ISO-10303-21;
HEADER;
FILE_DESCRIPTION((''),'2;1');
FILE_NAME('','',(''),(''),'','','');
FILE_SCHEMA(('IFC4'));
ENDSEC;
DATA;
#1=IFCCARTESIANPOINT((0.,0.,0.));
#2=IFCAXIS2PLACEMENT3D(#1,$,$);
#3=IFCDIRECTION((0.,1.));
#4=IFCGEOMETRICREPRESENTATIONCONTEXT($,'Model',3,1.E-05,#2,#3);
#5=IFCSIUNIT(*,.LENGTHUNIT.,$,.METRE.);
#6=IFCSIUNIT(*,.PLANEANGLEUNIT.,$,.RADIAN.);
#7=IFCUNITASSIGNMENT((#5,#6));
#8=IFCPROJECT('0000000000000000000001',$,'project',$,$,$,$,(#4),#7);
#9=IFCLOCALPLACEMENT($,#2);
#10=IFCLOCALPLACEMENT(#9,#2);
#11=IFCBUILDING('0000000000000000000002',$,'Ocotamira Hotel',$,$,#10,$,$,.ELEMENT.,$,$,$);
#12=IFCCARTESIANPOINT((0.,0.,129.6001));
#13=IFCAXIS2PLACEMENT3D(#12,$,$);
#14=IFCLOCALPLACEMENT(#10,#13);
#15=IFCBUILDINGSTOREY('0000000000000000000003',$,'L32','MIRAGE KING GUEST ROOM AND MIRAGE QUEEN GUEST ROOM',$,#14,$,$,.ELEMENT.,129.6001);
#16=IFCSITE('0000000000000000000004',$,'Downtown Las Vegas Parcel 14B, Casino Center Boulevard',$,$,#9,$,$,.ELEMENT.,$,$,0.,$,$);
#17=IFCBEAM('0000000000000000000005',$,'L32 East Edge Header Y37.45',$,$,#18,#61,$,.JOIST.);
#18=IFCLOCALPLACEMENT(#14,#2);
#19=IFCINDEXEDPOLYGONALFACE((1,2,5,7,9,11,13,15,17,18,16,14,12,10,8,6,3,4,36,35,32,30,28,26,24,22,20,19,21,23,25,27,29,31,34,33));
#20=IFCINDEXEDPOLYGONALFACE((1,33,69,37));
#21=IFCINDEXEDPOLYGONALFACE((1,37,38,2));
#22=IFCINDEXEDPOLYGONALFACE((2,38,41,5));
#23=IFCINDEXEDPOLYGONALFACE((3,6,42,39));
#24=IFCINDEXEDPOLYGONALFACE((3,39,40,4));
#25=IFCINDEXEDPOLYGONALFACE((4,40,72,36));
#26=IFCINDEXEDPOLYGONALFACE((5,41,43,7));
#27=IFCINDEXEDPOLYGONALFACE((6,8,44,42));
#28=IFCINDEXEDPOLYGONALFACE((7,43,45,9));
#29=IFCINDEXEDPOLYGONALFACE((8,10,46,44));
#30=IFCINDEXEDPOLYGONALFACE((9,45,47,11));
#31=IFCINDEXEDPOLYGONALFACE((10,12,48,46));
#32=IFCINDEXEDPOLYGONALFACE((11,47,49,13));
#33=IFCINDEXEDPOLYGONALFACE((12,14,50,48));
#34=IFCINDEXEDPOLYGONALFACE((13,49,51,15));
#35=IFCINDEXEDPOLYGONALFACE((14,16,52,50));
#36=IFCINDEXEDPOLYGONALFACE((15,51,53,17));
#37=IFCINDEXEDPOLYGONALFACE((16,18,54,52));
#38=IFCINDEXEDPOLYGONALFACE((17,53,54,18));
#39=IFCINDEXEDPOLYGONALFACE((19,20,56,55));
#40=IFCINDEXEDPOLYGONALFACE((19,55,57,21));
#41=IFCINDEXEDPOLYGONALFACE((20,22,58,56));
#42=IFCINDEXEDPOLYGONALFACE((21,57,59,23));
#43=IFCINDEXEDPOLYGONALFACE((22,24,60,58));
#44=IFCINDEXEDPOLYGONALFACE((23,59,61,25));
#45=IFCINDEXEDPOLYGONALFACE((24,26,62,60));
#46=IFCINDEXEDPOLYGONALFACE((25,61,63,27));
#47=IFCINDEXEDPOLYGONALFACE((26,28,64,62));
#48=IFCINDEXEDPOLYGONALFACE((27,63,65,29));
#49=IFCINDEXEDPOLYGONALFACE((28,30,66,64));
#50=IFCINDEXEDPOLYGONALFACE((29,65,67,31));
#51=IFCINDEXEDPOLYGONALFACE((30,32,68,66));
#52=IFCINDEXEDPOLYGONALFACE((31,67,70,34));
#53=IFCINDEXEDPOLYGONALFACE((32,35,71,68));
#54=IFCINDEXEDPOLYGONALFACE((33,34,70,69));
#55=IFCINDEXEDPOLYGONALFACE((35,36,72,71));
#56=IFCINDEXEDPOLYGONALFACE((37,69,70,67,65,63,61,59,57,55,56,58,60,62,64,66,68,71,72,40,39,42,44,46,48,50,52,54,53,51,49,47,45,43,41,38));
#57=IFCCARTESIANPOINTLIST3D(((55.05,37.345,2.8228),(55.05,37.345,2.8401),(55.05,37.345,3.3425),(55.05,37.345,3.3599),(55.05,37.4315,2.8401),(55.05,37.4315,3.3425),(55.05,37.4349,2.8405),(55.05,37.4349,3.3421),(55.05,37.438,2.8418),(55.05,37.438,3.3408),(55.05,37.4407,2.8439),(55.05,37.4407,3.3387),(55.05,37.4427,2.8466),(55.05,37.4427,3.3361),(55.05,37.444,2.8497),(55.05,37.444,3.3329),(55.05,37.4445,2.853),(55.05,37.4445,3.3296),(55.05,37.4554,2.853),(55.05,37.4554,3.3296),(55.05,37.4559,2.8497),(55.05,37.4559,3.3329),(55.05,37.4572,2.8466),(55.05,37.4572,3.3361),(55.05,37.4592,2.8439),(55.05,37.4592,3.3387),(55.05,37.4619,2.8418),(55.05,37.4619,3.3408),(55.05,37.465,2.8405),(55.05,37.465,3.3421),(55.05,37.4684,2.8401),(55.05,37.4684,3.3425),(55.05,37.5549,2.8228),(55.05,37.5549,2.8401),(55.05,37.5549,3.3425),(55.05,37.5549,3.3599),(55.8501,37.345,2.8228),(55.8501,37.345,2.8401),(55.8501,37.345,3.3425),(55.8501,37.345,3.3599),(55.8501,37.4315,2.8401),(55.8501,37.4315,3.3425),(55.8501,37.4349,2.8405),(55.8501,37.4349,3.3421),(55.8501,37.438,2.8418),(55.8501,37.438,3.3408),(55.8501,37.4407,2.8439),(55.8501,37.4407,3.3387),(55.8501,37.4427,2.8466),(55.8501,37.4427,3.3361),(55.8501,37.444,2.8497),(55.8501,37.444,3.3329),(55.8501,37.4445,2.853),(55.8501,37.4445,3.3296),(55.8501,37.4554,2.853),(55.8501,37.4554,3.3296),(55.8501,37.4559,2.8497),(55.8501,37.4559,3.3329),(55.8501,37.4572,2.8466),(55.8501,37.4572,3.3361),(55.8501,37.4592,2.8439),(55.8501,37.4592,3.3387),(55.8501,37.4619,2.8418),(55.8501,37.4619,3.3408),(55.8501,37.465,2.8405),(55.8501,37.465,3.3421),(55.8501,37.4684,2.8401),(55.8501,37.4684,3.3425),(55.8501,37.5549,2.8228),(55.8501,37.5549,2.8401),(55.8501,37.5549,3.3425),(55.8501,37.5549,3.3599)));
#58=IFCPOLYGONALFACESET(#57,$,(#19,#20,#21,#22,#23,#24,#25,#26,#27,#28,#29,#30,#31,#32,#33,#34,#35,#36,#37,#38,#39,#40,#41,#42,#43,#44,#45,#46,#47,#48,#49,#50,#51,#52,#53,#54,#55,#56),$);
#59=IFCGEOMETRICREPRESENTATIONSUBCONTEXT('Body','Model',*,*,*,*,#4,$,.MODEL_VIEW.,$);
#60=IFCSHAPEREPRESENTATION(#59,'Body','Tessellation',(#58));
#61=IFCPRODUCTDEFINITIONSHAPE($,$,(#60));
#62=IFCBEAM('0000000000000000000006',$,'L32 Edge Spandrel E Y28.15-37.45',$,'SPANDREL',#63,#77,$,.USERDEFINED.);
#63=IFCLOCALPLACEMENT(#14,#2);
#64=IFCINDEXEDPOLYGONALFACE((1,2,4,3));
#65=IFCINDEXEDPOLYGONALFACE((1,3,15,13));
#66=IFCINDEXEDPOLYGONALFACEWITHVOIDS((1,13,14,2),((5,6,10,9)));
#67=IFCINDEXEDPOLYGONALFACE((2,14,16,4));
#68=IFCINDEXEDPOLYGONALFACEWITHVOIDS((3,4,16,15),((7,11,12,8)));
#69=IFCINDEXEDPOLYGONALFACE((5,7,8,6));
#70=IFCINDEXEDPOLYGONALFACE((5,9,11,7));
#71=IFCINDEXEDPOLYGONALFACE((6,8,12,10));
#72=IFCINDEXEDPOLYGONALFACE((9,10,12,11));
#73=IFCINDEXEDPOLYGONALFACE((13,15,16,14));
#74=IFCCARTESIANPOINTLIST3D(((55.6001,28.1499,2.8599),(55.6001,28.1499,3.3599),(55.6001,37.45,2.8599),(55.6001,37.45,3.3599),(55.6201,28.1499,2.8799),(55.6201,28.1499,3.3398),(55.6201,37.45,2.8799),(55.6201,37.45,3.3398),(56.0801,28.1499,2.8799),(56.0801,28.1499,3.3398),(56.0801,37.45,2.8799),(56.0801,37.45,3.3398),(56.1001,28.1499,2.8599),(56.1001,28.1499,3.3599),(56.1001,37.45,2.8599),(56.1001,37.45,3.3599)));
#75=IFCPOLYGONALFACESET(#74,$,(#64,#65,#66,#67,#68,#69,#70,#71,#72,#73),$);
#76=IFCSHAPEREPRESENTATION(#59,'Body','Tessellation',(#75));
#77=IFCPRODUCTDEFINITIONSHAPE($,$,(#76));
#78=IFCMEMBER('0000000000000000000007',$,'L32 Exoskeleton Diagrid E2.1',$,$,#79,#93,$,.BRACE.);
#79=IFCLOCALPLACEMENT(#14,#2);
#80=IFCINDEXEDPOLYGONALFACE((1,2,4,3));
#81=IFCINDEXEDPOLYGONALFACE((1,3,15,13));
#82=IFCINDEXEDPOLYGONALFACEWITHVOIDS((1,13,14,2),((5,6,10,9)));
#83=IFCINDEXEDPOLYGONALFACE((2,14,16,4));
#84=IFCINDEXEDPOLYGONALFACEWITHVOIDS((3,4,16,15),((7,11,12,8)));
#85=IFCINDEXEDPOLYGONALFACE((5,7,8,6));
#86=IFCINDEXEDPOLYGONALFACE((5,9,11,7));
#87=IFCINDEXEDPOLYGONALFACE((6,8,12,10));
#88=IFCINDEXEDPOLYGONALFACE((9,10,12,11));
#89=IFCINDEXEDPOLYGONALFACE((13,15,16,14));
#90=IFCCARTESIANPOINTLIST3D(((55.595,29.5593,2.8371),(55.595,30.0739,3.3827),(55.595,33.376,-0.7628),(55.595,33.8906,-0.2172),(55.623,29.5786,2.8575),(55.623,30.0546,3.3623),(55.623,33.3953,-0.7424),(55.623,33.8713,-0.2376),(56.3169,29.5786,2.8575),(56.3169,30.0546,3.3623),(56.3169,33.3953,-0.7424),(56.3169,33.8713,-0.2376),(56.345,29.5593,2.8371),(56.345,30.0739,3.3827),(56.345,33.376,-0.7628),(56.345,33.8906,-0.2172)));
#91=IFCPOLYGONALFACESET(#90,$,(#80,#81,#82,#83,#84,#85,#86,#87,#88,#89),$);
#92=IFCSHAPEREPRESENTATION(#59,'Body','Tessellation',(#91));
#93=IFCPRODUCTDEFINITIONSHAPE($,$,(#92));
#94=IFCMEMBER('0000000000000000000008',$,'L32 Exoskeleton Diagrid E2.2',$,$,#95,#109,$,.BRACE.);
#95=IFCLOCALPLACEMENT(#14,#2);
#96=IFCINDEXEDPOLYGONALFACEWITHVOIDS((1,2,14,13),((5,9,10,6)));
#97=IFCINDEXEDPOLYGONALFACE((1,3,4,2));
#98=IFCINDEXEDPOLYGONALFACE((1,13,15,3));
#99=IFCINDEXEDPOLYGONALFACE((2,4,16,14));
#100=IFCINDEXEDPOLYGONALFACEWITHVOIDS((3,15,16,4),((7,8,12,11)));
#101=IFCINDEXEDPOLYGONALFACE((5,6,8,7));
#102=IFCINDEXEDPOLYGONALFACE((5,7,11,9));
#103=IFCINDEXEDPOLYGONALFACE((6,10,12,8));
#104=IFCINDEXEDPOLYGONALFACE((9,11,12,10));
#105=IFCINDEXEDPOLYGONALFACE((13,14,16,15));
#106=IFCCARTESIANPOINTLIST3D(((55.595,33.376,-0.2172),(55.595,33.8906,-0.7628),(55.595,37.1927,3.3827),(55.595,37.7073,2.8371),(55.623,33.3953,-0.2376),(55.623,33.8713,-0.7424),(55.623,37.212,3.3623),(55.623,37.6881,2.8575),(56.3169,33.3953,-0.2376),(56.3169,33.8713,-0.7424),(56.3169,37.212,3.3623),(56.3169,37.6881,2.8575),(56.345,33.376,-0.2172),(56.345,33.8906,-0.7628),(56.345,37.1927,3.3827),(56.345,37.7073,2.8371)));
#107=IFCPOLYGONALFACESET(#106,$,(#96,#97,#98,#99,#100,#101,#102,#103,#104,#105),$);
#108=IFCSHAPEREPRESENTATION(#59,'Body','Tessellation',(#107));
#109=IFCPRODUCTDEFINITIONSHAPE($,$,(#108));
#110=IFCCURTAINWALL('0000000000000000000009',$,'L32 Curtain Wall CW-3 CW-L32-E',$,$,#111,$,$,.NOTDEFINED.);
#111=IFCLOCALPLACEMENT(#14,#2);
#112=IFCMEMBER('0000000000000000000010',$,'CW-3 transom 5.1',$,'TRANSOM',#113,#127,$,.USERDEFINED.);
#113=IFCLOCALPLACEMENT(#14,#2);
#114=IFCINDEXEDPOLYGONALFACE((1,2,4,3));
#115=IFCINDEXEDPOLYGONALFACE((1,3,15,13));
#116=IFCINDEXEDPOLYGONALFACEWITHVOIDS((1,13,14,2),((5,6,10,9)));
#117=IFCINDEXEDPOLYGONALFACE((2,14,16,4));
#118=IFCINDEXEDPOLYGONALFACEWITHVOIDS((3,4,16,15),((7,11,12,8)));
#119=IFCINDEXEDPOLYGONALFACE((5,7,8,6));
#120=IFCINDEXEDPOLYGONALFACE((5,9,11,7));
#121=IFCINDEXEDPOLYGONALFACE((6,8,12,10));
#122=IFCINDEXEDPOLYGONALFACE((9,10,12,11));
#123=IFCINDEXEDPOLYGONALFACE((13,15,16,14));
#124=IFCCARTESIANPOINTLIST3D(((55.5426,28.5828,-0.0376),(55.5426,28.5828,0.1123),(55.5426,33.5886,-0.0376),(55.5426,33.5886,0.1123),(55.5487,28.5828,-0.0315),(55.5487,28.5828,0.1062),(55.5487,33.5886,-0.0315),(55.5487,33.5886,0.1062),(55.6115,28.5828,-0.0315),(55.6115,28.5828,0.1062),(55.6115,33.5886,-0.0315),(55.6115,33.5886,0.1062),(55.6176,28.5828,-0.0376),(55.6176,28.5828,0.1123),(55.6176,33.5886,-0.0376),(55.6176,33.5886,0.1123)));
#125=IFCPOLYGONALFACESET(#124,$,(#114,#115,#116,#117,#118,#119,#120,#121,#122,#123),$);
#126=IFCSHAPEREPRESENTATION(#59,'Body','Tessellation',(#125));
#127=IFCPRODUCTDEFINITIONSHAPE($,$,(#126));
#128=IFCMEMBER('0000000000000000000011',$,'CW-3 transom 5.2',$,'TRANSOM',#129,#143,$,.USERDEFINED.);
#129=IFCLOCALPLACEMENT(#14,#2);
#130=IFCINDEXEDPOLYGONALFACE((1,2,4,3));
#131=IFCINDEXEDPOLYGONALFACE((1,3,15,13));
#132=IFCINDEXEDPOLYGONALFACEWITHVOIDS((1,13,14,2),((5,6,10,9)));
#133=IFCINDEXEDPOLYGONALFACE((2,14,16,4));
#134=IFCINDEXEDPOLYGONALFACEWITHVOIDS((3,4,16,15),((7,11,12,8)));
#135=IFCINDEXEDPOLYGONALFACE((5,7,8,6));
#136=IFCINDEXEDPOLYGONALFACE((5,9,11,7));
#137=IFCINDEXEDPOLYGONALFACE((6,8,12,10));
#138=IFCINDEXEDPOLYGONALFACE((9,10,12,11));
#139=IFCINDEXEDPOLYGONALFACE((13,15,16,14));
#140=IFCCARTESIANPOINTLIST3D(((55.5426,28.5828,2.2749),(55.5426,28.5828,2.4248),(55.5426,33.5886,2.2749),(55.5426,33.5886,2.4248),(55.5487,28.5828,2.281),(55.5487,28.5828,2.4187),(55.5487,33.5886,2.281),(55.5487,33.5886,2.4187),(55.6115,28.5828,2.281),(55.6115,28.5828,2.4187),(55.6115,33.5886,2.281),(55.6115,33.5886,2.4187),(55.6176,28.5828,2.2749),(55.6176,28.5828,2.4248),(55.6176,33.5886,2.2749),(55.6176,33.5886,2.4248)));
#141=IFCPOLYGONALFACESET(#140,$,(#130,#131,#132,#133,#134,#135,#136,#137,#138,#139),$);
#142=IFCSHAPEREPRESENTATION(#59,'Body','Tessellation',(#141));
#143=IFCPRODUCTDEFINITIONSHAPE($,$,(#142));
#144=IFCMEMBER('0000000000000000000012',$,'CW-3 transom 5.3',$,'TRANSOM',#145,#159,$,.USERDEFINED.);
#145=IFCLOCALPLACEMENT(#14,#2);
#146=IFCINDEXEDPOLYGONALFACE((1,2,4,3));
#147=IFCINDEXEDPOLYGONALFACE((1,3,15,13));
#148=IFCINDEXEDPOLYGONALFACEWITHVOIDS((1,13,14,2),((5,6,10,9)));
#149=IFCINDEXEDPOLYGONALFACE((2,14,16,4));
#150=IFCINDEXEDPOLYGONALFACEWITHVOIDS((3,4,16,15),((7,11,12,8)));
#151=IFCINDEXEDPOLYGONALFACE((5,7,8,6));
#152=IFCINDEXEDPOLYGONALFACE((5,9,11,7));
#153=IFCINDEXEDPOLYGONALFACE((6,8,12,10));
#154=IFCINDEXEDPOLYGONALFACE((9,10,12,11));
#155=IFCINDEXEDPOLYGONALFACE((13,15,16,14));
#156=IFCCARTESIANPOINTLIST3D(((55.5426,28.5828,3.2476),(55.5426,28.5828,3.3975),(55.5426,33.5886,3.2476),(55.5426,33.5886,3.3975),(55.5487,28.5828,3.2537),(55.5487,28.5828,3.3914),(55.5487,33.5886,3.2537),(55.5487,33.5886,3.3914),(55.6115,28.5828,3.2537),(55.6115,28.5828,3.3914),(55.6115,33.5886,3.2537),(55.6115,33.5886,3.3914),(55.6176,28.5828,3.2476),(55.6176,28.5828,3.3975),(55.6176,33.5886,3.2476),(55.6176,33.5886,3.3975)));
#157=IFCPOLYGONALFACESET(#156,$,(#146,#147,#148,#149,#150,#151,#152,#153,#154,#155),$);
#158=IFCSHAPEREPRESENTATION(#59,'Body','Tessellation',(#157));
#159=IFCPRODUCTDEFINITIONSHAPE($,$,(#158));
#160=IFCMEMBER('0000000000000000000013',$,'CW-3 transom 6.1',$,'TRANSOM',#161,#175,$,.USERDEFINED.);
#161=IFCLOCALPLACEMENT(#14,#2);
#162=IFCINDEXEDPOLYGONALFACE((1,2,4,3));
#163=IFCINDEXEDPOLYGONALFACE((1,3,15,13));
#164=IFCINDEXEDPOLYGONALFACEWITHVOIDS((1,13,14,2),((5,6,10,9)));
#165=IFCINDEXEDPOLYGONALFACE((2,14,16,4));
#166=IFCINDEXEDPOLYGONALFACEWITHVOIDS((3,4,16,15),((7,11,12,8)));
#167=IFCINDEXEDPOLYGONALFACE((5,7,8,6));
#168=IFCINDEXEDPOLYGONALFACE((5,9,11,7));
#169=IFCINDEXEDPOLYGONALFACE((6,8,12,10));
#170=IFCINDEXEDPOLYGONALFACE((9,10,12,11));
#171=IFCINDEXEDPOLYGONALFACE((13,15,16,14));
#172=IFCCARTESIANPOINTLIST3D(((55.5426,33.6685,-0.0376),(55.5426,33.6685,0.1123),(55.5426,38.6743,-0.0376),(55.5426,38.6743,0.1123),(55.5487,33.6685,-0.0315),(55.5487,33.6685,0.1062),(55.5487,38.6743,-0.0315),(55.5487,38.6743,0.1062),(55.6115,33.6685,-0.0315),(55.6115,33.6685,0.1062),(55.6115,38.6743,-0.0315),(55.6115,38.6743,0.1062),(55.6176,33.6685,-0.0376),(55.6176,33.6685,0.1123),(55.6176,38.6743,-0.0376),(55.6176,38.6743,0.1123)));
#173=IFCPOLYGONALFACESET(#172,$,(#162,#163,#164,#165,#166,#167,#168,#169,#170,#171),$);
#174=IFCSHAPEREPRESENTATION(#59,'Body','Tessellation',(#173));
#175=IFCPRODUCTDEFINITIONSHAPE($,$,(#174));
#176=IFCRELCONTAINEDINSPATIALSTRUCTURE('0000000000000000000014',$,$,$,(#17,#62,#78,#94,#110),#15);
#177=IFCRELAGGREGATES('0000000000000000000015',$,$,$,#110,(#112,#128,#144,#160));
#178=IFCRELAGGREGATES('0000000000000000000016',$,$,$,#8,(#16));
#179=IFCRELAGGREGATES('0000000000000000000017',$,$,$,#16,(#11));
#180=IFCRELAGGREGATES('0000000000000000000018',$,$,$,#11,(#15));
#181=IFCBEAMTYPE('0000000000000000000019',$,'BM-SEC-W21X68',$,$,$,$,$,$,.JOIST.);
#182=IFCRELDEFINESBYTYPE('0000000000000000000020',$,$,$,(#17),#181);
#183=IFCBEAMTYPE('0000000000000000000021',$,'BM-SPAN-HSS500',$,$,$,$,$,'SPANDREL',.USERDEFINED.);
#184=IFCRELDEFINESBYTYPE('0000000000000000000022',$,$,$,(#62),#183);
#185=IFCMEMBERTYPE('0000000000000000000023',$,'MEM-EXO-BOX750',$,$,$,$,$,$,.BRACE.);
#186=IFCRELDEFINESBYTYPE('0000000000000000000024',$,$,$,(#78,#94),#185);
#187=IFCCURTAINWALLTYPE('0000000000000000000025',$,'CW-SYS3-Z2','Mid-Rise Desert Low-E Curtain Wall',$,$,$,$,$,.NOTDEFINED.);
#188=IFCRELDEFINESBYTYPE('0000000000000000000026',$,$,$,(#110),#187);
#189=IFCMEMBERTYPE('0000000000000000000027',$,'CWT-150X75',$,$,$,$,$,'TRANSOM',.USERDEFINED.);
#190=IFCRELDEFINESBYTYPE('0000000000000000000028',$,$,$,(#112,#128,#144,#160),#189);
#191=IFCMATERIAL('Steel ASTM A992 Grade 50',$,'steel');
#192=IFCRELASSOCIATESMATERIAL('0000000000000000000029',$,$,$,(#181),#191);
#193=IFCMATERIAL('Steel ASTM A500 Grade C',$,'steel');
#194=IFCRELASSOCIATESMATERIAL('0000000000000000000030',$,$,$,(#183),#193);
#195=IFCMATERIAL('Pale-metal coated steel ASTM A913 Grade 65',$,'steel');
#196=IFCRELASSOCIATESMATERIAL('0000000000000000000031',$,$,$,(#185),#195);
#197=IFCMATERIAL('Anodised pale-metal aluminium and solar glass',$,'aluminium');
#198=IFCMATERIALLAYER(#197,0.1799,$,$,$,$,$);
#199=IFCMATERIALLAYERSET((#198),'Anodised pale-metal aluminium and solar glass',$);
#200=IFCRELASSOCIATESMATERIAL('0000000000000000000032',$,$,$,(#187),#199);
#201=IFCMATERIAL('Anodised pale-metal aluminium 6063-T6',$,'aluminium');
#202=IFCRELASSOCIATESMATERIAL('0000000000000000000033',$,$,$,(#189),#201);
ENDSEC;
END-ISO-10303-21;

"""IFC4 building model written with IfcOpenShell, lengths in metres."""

from ifc_helpers import new_model, si_unit, direction, frame, origin, origin_2d, place, context, subcontext, project, spatial, hollow_rectangle, i_section, extrude, source, transform, mapped, material, layer, layer_set, material_profile, profile_set, type_object, element, aggregate, save


model = new_model("IFC4")

# Units and contexts
model_context = context("Model", 3, precision=1e-05, world=origin(), true_north=direction((0.0, 1.0)))
body_context = subcontext(model_context, "Body", "Model", "MODEL_VIEW")
ifc_project = project(units=[si_unit("LENGTHUNIT", "METRE"), si_unit("PLANEANGLEUNIT", "RADIAN")], contexts=[model_context])

# Site, building, storey
site_placement = place(None, origin())
site = spatial("IfcSite", under=ifc_project, at=site_placement, Name="Downtown Las Vegas Parcel 14B, Casino Center Boulevard", CompositionType="ELEMENT", RefElevation=0.0)
building_placement = place(site_placement, origin())
building = spatial("IfcBuilding", under=site, at=building_placement, Name="Ocotamira Hotel", CompositionType="ELEMENT")
storey_placement = place(building_placement, frame((0.0, 0.0, 129.6001)))
storey = spatial("IfcBuildingStorey", under=building, at=storey_placement, Name="L32", Description="MIRAGE KING GUEST ROOM AND MIRAGE QUEEN GUEST ROOM", CompositionType="ELEMENT", Elevation=129.6001)

# Beams
ifc_material_1 = material(Name="Steel ASTM A500 Grade C", Category="steel")
ifc_material_2 = material(Name="Steel ASTM A992 Grade 50", Category="steel")
ifc_material_profile_1 = material_profile(ifc_material_2, i_section(OverallWidth=0.21, OverallDepth=0.5371, WebThickness=0.011, FlangeThickness=0.0173, FilletRadius=0.0129, at=origin_2d()), Name="W21X68")
ifc_profile_set_1 = profile_set([ifc_material_profile_1], Name="Steel ASTM A992 Grade 50")
beam_type_1 = type_object("IfcBeamType", Name="BM-SEC-W21X68", PredefinedType="JOIST", material=ifc_profile_set_1)
shared_shape_1 = source(origin(), body_context, "Body", "SweptSolid", [
    extrude(i_section(OverallWidth=0.21, OverallDepth=0.5371, WebThickness=0.011, FlangeThickness=0.0173, FilletRadius=0.0129, at=origin_2d()), origin(), (0.0, 0.0, 1.0), 0.8),
])
for number, where, z_axis, x_axis, name in (
    (1, (55.05, 37.45, 3.0913), (1.0, 0.0, 0.0), (0.0, 1.0, 0.0), "L32 East Edge Header Y37.45"),
):
    element("IfcBeam", number, at=place(storey_placement, frame(where, z_axis=z_axis, x_axis=x_axis)), inside=storey, type_object=beam_type_1, Name=name, PredefinedType="JOIST", context=body_context, shape_type="MappedRepresentation", body=[
        mapped(shared_shape_1, transform((0.0, 0.0, 0.0), scale=1.0)),
    ])
ifc_material_profile_2 = material_profile(ifc_material_1, hollow_rectangle(XDim=0.5, YDim=0.5, WallThickness=0.02, at=origin_2d()), Name="HSS500X500X20")
ifc_profile_set_2 = profile_set([ifc_material_profile_2], Name="Steel ASTM A500 Grade C")
beam_type_2 = type_object("IfcBeamType", Name="BM-SPAN-HSS500", ElementType="SPANDREL", PredefinedType="USERDEFINED", material=ifc_profile_set_2)
shared_shape_2 = source(origin(), body_context, "Body", "SweptSolid", [
    extrude(hollow_rectangle(XDim=0.5, YDim=0.5, WallThickness=0.02, at=origin_2d()), origin(), (0.0, 0.0, 1.0), 9.3),
])
beam_1_placement = place(storey_placement, frame((55.8501, 28.1499, 3.1099), z_axis=(0.0, 1.0, 0.0), x_axis=(-1.0, 0.0, 0.0)))
element("IfcBeam", 2, at=beam_1_placement, inside=storey, type_object=beam_type_2, Name="L32 Edge Spandrel E Y28.15-37.45", ObjectType="SPANDREL", PredefinedType="USERDEFINED", context=body_context, shape_type="MappedRepresentation", body=[
    mapped(shared_shape_2, transform((0.0, 0.0, 0.0), scale=1.0)),
])

# Members
ifc_material_3 = material(Name="Pale-metal coated steel ASTM A913 Grade 65", Category="steel")
ifc_material_profile_3 = material_profile(ifc_material_3, hollow_rectangle(XDim=0.75, YDim=0.75, WallThickness=0.0281, at=origin_2d()), Name="BOX750X750X28")
ifc_profile_set_3 = profile_set([ifc_material_profile_3], Name="Pale-metal coated steel ASTM A913 Grade 65")
member_type_1 = type_object("IfcMemberType", Name="MEM-EXO-BOX750", PredefinedType="BRACE", material=ifc_profile_set_3)
shared_shape_3 = source(origin(), body_context, "Body", "SweptSolid", [
    extrude(hollow_rectangle(XDim=0.75, YDim=0.75, WallThickness=0.0281, at=origin_2d()), origin(), (0.0, 0.0, 1.0), 5.2466),
])
for number, where, z_axis, x_axis, name in (
    (3, (55.97, 33.6333, -0.49), (0.0, -0.727466, 0.686144), (1.0, 0.0, 0.0), "L32 Exoskeleton Diagrid E2.1"),
    (4, (55.97, 33.6333, -0.49), (0.0, 0.727466, 0.686144), (-1.0, 0.0, 0.0), "L32 Exoskeleton Diagrid E2.2"),
):
    element("IfcMember", number, at=place(storey_placement, frame(where, z_axis=z_axis, x_axis=x_axis)), inside=storey, type_object=member_type_1, Name=name, PredefinedType="BRACE", context=body_context, shape_type="MappedRepresentation", body=[
        mapped(shared_shape_3, transform((0.0, 0.0, 0.0), scale=1.0)),
    ])

# Curtain wall, members
ifc_material_4 = material(Name="Anodised pale-metal aluminium and solar glass", Category="aluminium")
ifc_layer_1 = layer(ifc_material_4, 0.1799)
ifc_layer_set_1 = layer_set([ifc_layer_1], Name="Anodised pale-metal aluminium and solar glass")
curtain_wall_type = type_object("IfcCurtainWallType", Name="CW-SYS3-Z2", Description="Mid-Rise Desert Low-E Curtain Wall", PredefinedType="NOTDEFINED", material=ifc_layer_set_1)
curtain_wall_placement = place(storey_placement, origin())
curtain_wall = element("IfcCurtainWall", 5, at=curtain_wall_placement, inside=storey, type_object=curtain_wall_type, Name="L32 Curtain Wall CW-3 CW-L32-E", PredefinedType="NOTDEFINED")
ifc_material_5 = material(Name="Anodised pale-metal aluminium 6063-T6", Category="aluminium")
ifc_material_profile_4 = material_profile(ifc_material_5, hollow_rectangle(XDim=0.075, YDim=0.1499, WallThickness=0.0061, at=origin_2d()), Name="HSS150X75X6")
ifc_profile_set_4 = profile_set([ifc_material_profile_4], Name="Anodised pale-metal aluminium 6063-T6")
member_type_2 = type_object("IfcMemberType", Name="CWT-150X75", ElementType="TRANSOM", PredefinedType="USERDEFINED", material=ifc_profile_set_4)
shared_shape_4 = source(origin(), body_context, "Body", "SweptSolid", [
    extrude(hollow_rectangle(XDim=0.075, YDim=0.1499, WallThickness=0.0061, at=origin_2d()), origin(), (0.0, 0.0, 1.0), 5.0059),
])
member_1_placement = place(storey_placement, frame((55.5801, 28.5828, 0.0374), z_axis=(0.0, 1.0, 0.0), x_axis=(-1.0, 0.0, 0.0)))
member_1 = element("IfcMember", 6, at=member_1_placement, type_object=member_type_2, Name="CW-3 transom 5.1", ObjectType="TRANSOM", PredefinedType="USERDEFINED", context=body_context, shape_type="MappedRepresentation", body=[
    mapped(shared_shape_4, transform((0.0, 0.0, 0.0), scale=1.0)),
])
member_2_placement = place(storey_placement, frame((55.5801, 28.5828, 2.3499), z_axis=(0.0, 1.0, 0.0), x_axis=(-1.0, 0.0, 0.0)))
member_2 = element("IfcMember", 7, at=member_2_placement, type_object=member_type_2, Name="CW-3 transom 5.2", ObjectType="TRANSOM", PredefinedType="USERDEFINED", context=body_context, shape_type="MappedRepresentation", body=[
    mapped(shared_shape_4, transform((0.0, 0.0, 0.0), scale=1.0)),
])
member_3_placement = place(storey_placement, frame((55.5801, 28.5828, 3.3225), z_axis=(0.0, 1.0, 0.0), x_axis=(-1.0, 0.0, 0.0)))
member_3 = element("IfcMember", 8, at=member_3_placement, type_object=member_type_2, Name="CW-3 transom 5.3", ObjectType="TRANSOM", PredefinedType="USERDEFINED", context=body_context, shape_type="MappedRepresentation", body=[
    mapped(shared_shape_4, transform((0.0, 0.0, 0.0), scale=1.0)),
])
member_4_placement = place(storey_placement, frame((55.5801, 33.6685, 0.0374), z_axis=(0.0, 1.0, 0.0), x_axis=(-1.0, 0.0, 0.0)))
member_4 = element("IfcMember", 9, at=member_4_placement, type_object=member_type_2, Name="CW-3 transom 6.1", ObjectType="TRANSOM", PredefinedType="USERDEFINED", context=body_context, shape_type="MappedRepresentation", body=[
    mapped(shared_shape_4, transform((0.0, 0.0, 0.0), scale=1.0)),
])

aggregate(curtain_wall, [member_1, member_2, member_3, member_4])

save(model, "model.ifc")
